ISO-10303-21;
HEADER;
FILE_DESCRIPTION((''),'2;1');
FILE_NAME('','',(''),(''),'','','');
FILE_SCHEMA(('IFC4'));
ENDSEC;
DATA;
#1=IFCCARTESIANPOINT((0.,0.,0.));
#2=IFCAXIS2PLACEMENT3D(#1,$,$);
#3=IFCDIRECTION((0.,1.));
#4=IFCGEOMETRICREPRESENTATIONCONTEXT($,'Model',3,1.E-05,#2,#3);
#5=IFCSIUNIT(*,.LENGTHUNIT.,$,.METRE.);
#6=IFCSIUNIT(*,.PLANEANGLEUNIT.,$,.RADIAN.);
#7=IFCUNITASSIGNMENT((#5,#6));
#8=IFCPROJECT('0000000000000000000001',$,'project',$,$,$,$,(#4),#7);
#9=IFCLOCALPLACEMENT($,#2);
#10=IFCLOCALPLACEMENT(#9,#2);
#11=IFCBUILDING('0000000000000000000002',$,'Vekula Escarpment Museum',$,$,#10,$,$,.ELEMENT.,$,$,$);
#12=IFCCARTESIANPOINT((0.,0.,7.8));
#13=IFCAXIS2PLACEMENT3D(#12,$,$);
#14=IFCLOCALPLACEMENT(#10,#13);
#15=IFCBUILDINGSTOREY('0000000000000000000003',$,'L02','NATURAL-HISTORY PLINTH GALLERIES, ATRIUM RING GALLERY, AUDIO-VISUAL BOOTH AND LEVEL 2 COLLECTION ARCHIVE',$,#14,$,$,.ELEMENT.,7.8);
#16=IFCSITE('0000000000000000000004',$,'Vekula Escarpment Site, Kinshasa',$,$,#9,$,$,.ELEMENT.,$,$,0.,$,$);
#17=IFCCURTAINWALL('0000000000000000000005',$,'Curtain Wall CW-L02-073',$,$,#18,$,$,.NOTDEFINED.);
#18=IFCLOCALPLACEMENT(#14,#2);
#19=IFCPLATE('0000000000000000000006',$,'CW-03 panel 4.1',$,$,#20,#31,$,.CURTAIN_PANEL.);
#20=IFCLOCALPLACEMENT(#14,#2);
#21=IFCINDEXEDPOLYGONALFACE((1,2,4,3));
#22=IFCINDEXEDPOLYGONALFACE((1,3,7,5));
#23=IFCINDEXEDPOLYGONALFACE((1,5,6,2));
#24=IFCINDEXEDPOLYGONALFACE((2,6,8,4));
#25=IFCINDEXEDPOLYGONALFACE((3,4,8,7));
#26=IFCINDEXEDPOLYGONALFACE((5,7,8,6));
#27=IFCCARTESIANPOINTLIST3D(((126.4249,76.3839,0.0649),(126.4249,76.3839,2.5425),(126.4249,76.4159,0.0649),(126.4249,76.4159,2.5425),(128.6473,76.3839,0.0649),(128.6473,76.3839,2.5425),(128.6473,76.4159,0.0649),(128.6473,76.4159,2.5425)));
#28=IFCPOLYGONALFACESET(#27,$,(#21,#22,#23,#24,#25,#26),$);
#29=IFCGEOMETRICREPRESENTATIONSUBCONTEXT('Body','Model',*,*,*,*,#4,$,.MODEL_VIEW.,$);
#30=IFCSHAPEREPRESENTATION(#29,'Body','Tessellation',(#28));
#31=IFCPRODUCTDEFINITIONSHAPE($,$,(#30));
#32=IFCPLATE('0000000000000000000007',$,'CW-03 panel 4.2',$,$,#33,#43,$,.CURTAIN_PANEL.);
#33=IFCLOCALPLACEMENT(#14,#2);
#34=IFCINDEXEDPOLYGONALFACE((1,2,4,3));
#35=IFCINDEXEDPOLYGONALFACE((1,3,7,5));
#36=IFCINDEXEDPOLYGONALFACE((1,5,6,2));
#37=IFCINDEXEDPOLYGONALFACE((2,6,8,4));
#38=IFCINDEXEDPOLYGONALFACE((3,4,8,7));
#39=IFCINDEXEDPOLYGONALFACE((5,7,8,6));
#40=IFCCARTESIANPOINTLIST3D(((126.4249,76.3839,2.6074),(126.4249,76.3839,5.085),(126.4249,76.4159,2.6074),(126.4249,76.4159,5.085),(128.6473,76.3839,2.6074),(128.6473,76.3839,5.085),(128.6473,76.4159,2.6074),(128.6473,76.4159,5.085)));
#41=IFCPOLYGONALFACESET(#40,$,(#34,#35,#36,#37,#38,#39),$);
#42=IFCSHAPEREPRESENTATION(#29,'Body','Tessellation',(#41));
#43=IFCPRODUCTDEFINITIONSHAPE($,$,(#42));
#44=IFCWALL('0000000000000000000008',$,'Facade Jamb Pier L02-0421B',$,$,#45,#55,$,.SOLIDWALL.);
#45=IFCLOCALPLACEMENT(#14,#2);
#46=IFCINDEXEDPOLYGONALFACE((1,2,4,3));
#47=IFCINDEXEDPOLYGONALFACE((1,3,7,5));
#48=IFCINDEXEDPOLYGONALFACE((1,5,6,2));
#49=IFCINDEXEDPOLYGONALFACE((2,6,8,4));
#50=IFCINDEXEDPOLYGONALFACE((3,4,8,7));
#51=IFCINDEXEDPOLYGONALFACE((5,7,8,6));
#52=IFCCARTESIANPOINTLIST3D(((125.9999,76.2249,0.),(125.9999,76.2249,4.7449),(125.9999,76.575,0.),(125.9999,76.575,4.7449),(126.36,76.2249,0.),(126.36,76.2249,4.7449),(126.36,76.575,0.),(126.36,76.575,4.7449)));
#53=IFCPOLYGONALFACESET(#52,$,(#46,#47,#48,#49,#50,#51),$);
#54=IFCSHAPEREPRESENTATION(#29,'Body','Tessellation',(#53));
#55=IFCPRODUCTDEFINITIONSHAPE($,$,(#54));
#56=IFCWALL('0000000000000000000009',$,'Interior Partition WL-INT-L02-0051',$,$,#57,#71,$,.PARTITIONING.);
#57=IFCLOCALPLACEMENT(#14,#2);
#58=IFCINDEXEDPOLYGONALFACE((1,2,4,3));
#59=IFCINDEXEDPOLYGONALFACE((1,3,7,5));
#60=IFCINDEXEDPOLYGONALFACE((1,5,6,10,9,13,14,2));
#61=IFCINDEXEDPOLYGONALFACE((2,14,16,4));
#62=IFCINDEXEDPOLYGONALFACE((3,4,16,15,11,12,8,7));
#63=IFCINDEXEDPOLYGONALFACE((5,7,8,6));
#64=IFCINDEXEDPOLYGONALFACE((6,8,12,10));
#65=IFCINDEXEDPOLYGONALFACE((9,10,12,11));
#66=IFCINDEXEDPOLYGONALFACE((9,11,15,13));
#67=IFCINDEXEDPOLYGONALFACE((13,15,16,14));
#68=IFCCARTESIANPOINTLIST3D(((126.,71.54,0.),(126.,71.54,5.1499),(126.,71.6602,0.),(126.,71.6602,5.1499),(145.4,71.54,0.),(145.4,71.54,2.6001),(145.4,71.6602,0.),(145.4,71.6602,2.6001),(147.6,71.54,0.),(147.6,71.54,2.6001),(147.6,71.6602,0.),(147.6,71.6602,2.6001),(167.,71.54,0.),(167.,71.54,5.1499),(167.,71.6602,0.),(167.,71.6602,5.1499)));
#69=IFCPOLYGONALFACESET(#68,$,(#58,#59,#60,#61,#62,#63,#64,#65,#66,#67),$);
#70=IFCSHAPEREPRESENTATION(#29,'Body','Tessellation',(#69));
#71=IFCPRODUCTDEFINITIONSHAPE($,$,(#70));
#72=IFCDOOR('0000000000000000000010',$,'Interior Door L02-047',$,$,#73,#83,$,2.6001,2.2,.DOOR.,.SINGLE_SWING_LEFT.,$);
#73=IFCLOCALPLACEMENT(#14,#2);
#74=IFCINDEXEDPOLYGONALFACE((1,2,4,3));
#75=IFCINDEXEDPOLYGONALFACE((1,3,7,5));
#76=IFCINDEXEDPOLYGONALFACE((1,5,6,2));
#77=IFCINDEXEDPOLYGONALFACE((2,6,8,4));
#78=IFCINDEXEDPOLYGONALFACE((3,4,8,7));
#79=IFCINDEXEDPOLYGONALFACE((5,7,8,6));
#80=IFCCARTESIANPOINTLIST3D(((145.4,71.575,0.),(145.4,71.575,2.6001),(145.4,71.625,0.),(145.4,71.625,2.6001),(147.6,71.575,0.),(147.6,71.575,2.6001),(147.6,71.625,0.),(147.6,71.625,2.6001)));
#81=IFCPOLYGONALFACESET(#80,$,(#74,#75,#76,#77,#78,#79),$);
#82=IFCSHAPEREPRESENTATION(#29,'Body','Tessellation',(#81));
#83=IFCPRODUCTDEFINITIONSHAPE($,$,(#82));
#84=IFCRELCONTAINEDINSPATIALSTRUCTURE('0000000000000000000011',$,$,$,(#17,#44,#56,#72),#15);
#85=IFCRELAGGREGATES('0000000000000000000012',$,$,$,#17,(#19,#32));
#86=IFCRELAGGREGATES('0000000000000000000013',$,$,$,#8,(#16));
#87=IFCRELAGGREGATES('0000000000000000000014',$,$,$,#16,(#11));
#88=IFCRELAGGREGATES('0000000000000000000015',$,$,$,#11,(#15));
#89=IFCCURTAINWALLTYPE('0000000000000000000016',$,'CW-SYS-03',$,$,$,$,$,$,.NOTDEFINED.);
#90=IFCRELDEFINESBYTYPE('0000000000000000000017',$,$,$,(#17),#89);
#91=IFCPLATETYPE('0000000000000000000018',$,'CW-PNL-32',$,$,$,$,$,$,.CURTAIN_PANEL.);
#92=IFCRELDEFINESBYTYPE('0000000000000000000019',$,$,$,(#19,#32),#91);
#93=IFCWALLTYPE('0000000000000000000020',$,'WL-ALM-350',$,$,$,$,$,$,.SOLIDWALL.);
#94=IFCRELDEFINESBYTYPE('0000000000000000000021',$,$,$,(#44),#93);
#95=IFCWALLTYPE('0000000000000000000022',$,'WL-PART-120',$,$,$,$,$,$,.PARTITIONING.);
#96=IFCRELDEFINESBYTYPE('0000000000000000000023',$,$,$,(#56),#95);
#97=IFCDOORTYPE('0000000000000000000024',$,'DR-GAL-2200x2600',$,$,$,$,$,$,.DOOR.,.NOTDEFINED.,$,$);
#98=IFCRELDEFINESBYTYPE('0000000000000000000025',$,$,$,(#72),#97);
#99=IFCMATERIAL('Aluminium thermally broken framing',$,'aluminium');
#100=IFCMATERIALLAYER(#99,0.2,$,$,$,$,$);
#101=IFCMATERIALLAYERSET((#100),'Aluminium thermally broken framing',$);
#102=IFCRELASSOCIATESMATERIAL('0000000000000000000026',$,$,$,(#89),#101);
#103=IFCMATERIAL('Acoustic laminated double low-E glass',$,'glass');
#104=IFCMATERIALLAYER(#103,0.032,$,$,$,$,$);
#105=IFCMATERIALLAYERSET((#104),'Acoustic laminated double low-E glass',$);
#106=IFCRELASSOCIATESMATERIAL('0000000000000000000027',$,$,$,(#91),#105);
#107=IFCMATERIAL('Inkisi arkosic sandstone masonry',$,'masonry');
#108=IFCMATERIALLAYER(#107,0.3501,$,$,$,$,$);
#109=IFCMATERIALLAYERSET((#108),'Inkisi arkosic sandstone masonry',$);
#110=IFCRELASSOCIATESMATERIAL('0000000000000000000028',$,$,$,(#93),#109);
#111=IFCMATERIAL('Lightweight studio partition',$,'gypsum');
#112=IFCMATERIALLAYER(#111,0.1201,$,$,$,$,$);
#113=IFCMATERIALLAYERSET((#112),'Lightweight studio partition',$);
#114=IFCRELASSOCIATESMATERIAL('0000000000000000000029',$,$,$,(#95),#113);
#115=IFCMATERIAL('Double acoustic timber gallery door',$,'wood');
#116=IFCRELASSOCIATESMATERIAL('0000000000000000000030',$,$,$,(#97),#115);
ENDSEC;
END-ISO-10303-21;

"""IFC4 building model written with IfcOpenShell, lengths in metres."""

from ifc_helpers import new_model, si_unit, direction, frame, frame_2d, origin, origin_2d, place, context, subcontext, project, spatial, rectangle, extrude, material, layer, layer_set, type_object, element, fill, aggregate, save


model = new_model("IFC4")

# Units and contexts
model_context = context("Model", 3, precision=1e-05, world=origin(), true_north=direction((0.0, 1.0)))
body_context = subcontext(model_context, "Body", "Model", "MODEL_VIEW")
ifc_project = project(units=[si_unit("LENGTHUNIT", "METRE"), si_unit("PLANEANGLEUNIT", "RADIAN")], contexts=[model_context])

# Site, building, storey
site_placement = place(None, origin())
site = spatial("IfcSite", under=ifc_project, at=site_placement, Name="Vekula Escarpment Site, Kinshasa", CompositionType="ELEMENT", RefElevation=0.0)
building_placement = place(site_placement, origin())
building = spatial("IfcBuilding", under=site, at=building_placement, Name="Vekula Escarpment Museum", CompositionType="ELEMENT")
storey_placement = place(building_placement, frame((0.0, 0.0, 7.8)))
storey = spatial("IfcBuildingStorey", under=building, at=storey_placement, Name="L02", Description="NATURAL-HISTORY PLINTH GALLERIES, ATRIUM RING GALLERY, AUDIO-VISUAL BOOTH AND LEVEL 2 COLLECTION ARCHIVE", CompositionType="ELEMENT", Elevation=7.8)

# Curtain wall, plates
ifc_material_1 = material(Name="Aluminium thermally broken framing", Category="aluminium")
ifc_layer_1 = layer(ifc_material_1, 0.2)
ifc_layer_set_1 = layer_set([ifc_layer_1], Name="Aluminium thermally broken framing")
curtain_wall_type = type_object("IfcCurtainWallType", Name="CW-SYS-03", PredefinedType="NOTDEFINED", material=ifc_layer_set_1)
curtain_wall_placement = place(storey_placement, origin())
curtain_wall = element("IfcCurtainWall", 1, at=curtain_wall_placement, inside=storey, type_object=curtain_wall_type, Name="Curtain Wall CW-L02-073", PredefinedType="NOTDEFINED")
ifc_material_2 = material(Name="Acoustic laminated double low-E glass", Category="glass")
ifc_layer_2 = layer(ifc_material_2, 0.032)
ifc_layer_set_2 = layer_set([ifc_layer_2], Name="Acoustic laminated double low-E glass")
plate_type = type_object("IfcPlateType", Name="CW-PNL-32", PredefinedType="CURTAIN_PANEL", material=ifc_layer_set_2)
plate_1_placement = place(storey_placement, frame((127.5361, 76.3999, 0.0649), z_axis=(0.0, 0.0, 1.0), x_axis=(-1.0, 0.0, 0.0)))
plate_1 = element("IfcPlate", 2, at=plate_1_placement, type_object=plate_type, Name="CW-03 panel 4.1", PredefinedType="CURTAIN_PANEL", context=body_context, shape_type="SweptSolid", body=[
    extrude(rectangle(XDim=2.2224, YDim=0.032, at=origin_2d()), origin(), (0.0, 0.0, 1.0), 2.4775),
])
plate_2_placement = place(storey_placement, frame((127.5361, 76.3999, 2.6074), z_axis=(0.0, 0.0, 1.0), x_axis=(-1.0, 0.0, 0.0)))
plate_2 = element("IfcPlate", 3, at=plate_2_placement, type_object=plate_type, Name="CW-03 panel 4.2", PredefinedType="CURTAIN_PANEL", context=body_context, shape_type="SweptSolid", body=[
    extrude(rectangle(XDim=2.2224, YDim=0.032, at=origin_2d()), origin(), (0.0, 0.0, 1.0), 2.4775),
])
aggregate(curtain_wall, [plate_1, plate_2])

# Wall
ifc_material_3 = material(Name="Inkisi arkosic sandstone masonry", Category="masonry")
ifc_layer_3 = layer(ifc_material_3, 0.3501)
ifc_layer_set_3 = layer_set([ifc_layer_3], Name="Inkisi arkosic sandstone masonry")
wall_type_1 = type_object("IfcWallType", Name="WL-ALM-350", PredefinedType="SOLIDWALL", material=ifc_layer_set_3)
wall_1_placement = place(storey_placement, frame((126.3601, 76.3999, 0.0), z_axis=(0.0, 0.0, 1.0), x_axis=(-1.0, 0.0, 0.0)))
element("IfcWall", 4, at=wall_1_placement, inside=storey, type_object=wall_type_1, Name="Facade Jamb Pier L02-0421B", PredefinedType="SOLIDWALL", context=body_context, shape_type="SweptSolid", body=[
    extrude(rectangle(XDim=0.3601, YDim=0.3501, at=frame_2d((0.1802, 0.0))), origin(), (0.0, 0.0, 1.0), 4.7449),
])

# Wall, opening, door
ifc_material_4 = material(Name="Lightweight studio partition", Category="gypsum")
ifc_layer_4 = layer(ifc_material_4, 0.1201)
ifc_layer_set_4 = layer_set([ifc_layer_4], Name="Lightweight studio partition")
wall_type_2 = type_object("IfcWallType", Name="WL-PART-120", PredefinedType="PARTITIONING", material=ifc_layer_set_4)
wall_2_placement = place(storey_placement, frame((126.0, 71.6001, 0.0), z_axis=(0.0, 0.0, 1.0), x_axis=(1.0, 0.0, 0.0)))
wall_2 = element("IfcWall", 5, at=wall_2_placement, inside=storey, type_object=wall_type_2, Name="Interior Partition WL-INT-L02-0051", PredefinedType="PARTITIONING", context=body_context, shape_type="SweptSolid", body=[
    extrude(rectangle(XDim=41.0, YDim=0.1201, at=frame_2d((20.5, 0.0))), origin(), (0.0, 0.0, 1.0), 5.1499),
])
opening_1_placement = place(wall_2_placement, frame((19.3999, 0.0, 0.0)))
opening_1 = element("IfcOpeningElement", 6, at=opening_1_placement, cuts=wall_2, PredefinedType="OPENING", context=body_context, shape_type="SweptSolid", body=[
    extrude(rectangle(XDim=2.2, YDim=2.6001, at=frame_2d((1.1001, 1.3))), frame((0.0, 0.0701, 0.0), z_axis=(0.0, -1.0, 0.0), x_axis=(1.0, 0.0, 0.0)), (0.0, 0.0, 1.0), 0.1401),
])
ifc_material_5 = material(Name="Double acoustic timber gallery door", Category="wood")
door_type_1 = type_object("IfcDoorType", Name="DR-GAL-2200x2600", OperationType="NOTDEFINED", PredefinedType="DOOR", material=ifc_material_5)
door_1_placement = place(opening_1_placement, origin())
door_1 = element("IfcDoor", 7, at=door_1_placement, inside=storey, type_object=door_type_1, Name="Interior Door L02-047", OperationType="SINGLE_SWING_LEFT", OverallHeight=2.6001, OverallWidth=2.2, PredefinedType="DOOR", context=body_context, shape_type="SweptSolid", body=[
    extrude(rectangle(XDim=2.2, YDim=2.6001, at=frame_2d((1.1001, 1.3))), frame((0.0, 0.0249, 0.0), z_axis=(0.0, -1.0, 0.0), x_axis=(1.0, 0.0, 0.0)), (0.0, 0.0, 1.0), 0.05),
])
fill(opening_1, door_1)

save(model, "model.ifc")
